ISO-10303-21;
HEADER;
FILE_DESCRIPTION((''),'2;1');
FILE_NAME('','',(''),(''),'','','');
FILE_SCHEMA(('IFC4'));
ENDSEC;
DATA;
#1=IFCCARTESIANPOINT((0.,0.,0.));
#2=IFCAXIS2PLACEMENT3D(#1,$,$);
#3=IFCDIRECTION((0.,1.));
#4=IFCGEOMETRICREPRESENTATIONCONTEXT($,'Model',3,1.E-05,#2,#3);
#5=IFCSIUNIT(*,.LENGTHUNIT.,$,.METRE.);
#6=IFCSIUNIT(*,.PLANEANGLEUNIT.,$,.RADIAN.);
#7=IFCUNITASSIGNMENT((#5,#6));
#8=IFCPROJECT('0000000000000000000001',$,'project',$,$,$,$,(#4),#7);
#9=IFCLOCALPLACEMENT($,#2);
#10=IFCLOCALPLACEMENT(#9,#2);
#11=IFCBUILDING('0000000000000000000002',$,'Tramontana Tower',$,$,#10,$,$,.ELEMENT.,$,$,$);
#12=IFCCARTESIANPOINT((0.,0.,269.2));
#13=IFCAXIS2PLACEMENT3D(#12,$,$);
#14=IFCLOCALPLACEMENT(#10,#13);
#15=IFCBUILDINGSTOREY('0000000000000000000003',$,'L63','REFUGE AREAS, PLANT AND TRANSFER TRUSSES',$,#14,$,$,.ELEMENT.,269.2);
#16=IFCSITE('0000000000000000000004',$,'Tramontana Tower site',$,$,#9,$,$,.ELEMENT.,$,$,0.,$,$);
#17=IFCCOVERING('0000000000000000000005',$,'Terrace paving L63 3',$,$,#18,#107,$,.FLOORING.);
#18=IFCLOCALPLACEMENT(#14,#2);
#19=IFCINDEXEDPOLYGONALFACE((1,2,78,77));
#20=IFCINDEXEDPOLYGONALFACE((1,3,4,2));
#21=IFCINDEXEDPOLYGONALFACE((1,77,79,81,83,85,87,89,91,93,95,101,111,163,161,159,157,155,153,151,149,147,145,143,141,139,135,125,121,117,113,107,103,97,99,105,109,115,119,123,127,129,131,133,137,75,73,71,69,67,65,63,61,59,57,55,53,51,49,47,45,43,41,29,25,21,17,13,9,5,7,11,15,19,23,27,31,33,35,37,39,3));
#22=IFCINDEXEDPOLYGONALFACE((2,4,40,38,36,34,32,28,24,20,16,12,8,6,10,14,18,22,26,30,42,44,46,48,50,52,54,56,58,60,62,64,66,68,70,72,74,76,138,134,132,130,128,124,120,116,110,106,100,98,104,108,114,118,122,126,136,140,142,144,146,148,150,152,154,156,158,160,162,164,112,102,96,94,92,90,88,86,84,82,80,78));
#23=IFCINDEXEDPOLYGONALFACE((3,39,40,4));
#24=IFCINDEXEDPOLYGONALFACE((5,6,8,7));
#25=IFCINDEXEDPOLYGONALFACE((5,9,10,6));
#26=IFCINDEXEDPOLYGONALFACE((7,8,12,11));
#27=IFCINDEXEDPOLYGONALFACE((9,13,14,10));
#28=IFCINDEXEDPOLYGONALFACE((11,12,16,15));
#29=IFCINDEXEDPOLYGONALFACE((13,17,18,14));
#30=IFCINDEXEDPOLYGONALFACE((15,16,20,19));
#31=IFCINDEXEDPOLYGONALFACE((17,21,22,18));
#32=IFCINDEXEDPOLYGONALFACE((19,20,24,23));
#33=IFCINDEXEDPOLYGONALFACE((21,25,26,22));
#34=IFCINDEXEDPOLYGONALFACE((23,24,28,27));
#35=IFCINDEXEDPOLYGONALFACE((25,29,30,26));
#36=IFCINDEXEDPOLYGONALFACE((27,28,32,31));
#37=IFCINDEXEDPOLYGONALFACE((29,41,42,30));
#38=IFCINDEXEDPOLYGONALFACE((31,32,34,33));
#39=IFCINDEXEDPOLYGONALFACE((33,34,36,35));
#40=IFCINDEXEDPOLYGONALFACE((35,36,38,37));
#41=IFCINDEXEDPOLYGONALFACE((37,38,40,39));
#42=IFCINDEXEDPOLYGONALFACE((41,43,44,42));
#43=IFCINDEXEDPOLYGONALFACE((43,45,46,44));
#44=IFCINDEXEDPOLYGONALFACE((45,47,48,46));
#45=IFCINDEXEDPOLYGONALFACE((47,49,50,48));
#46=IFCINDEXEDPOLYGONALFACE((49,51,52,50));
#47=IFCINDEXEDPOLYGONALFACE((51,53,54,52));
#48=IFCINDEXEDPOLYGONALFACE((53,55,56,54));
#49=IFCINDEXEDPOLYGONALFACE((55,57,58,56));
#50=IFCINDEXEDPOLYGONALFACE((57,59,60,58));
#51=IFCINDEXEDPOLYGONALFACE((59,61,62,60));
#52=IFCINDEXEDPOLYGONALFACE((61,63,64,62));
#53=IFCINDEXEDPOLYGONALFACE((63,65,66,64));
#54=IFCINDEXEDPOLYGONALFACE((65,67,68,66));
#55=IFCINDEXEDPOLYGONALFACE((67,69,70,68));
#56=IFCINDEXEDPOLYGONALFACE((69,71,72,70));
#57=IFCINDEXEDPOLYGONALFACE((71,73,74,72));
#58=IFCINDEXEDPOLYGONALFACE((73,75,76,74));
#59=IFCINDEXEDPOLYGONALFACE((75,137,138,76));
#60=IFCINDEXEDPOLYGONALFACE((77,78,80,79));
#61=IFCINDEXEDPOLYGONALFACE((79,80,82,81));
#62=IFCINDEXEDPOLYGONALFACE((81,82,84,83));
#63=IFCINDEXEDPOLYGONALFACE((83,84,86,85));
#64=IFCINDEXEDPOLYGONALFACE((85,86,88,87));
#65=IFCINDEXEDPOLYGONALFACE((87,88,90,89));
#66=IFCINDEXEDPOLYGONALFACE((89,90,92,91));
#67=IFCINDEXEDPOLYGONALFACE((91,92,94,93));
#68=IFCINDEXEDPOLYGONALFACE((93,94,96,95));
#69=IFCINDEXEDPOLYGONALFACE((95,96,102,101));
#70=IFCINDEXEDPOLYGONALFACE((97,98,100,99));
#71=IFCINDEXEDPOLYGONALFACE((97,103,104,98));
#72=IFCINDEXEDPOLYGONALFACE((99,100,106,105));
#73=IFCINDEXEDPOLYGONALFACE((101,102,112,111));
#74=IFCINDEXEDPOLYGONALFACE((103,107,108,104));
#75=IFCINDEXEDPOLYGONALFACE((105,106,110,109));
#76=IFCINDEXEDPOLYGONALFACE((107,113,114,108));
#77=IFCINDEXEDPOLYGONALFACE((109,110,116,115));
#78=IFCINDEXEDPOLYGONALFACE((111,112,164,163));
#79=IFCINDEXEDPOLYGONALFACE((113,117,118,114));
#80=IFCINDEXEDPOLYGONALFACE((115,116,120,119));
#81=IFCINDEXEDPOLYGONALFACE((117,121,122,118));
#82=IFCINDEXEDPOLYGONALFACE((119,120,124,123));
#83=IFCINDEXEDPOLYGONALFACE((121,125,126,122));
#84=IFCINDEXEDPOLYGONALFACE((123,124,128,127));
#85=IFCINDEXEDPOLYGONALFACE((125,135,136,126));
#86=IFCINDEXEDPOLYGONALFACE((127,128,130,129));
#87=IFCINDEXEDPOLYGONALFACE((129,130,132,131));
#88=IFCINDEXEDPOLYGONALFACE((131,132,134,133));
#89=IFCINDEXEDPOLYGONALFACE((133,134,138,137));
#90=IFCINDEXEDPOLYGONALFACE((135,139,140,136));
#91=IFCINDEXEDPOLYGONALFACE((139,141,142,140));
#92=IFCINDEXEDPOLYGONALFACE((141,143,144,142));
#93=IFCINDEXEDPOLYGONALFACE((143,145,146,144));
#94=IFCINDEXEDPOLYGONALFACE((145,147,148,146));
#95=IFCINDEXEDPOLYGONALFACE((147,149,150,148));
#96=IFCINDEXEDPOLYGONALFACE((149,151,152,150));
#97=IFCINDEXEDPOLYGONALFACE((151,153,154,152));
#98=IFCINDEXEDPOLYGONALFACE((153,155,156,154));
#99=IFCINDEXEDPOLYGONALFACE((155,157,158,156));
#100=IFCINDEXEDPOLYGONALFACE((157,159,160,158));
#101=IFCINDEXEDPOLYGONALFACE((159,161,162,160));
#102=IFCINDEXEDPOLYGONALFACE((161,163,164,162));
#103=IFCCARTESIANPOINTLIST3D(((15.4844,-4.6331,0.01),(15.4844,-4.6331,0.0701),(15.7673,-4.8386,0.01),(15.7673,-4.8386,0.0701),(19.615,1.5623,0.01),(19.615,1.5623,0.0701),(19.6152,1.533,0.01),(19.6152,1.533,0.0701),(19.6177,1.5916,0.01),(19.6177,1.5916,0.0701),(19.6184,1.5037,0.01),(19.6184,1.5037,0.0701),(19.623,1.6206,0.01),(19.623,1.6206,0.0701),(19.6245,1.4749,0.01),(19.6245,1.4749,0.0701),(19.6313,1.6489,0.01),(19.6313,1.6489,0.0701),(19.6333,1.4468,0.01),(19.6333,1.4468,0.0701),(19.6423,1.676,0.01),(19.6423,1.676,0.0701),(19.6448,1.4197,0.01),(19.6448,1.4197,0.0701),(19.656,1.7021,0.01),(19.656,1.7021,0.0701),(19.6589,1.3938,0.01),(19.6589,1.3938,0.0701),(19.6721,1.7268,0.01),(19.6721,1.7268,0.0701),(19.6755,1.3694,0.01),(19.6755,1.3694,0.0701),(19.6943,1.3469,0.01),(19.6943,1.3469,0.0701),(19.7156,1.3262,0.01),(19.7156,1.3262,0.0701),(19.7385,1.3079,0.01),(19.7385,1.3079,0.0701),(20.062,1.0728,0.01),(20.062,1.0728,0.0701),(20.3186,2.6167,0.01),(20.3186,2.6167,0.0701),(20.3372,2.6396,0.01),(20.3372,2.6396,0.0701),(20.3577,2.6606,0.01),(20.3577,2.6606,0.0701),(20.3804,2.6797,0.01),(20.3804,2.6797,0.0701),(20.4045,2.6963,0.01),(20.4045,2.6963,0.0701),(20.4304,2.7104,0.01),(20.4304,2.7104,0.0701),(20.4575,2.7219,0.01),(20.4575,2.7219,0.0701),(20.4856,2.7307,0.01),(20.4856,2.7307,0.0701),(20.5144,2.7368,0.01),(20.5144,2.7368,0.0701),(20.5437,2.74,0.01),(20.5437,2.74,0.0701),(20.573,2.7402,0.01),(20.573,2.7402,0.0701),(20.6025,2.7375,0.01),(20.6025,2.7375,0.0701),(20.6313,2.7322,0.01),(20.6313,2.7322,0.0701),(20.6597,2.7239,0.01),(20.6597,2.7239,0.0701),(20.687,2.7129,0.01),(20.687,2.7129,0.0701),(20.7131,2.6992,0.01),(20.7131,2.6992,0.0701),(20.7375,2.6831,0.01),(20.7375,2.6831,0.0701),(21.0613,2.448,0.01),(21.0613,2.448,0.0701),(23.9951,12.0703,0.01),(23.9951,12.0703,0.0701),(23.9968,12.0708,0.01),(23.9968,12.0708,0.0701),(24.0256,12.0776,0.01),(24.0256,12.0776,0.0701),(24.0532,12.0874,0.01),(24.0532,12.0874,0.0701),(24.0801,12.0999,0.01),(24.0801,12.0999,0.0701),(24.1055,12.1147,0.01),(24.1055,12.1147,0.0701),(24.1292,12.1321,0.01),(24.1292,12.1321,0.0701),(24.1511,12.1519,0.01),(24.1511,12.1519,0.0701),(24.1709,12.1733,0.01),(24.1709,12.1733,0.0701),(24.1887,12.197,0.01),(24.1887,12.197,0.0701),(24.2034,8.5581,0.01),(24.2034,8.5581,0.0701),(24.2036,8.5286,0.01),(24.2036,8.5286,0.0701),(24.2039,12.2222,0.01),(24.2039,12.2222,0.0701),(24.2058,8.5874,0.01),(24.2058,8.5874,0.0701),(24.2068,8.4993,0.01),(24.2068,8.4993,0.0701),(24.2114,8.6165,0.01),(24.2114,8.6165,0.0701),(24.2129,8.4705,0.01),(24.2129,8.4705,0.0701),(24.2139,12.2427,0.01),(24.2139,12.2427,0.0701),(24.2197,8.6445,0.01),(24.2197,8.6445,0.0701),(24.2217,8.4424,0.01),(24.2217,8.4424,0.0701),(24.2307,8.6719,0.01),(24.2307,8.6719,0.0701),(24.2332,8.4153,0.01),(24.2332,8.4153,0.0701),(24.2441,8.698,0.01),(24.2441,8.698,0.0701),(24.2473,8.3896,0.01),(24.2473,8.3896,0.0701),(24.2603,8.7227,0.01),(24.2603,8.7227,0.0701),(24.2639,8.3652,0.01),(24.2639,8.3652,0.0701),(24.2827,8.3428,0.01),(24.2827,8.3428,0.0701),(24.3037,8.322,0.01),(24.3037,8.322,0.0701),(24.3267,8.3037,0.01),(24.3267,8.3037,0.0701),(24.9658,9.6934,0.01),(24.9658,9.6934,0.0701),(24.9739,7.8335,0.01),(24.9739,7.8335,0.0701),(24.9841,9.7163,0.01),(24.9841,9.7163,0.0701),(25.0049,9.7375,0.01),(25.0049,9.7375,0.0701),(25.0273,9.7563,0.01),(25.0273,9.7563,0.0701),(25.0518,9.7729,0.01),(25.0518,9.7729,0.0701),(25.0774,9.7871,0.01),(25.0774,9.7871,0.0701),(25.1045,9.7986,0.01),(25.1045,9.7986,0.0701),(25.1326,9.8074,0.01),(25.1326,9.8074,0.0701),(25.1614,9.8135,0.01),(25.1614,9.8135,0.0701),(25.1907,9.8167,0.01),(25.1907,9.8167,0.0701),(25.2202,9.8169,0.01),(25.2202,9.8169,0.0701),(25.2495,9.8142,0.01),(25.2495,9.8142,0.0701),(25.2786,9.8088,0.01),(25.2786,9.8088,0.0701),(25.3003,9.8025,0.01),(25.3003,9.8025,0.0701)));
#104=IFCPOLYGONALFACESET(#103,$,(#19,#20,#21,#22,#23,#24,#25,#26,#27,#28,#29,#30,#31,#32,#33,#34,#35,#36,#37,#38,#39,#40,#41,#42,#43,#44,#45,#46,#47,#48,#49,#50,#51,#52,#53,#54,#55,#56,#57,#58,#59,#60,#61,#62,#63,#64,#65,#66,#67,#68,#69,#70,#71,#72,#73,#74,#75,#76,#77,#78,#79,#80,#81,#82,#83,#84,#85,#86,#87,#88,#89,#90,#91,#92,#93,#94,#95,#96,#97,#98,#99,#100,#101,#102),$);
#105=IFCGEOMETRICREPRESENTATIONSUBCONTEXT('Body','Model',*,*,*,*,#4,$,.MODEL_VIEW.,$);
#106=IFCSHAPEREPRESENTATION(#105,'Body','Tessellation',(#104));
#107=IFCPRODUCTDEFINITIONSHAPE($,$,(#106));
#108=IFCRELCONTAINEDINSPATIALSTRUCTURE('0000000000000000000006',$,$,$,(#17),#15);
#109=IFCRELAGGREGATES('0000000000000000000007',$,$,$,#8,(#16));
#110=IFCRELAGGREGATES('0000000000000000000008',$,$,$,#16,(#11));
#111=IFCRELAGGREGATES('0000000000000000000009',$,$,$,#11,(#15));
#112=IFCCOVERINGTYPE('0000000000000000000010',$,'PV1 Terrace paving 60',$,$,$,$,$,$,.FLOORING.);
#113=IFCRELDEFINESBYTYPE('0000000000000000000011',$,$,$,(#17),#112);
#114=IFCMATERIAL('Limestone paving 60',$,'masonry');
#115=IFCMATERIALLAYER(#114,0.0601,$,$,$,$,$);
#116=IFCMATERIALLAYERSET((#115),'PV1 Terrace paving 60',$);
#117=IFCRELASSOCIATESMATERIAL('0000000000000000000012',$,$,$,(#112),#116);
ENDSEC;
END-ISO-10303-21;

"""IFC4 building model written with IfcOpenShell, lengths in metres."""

from ifc_helpers import new_model, si_unit, direction, frame, origin, place, context, subcontext, project, spatial, polyline, outline, extrude, material, layer, layer_set, type_object, element, save


model = new_model("IFC4")

# Units and contexts
model_context = context("Model", 3, precision=1e-05, world=origin(), true_north=direction((0.0, 1.0)))
body_context = subcontext(model_context, "Body", "Model", "MODEL_VIEW")
ifc_project = project(units=[si_unit("LENGTHUNIT", "METRE"), si_unit("PLANEANGLEUNIT", "RADIAN")], contexts=[model_context])

# Site, building, storey
site_placement = place(None, origin())
site = spatial("IfcSite", under=ifc_project, at=site_placement, Name="Tramontana Tower site", CompositionType="ELEMENT", RefElevation=0.0)
building_placement = place(site_placement, origin())
building = spatial("IfcBuilding", under=site, at=building_placement, Name="Tramontana Tower", CompositionType="ELEMENT")
storey_placement = place(building_placement, frame((0.0, 0.0, 269.2)))
storey = spatial("IfcBuildingStorey", under=building, at=storey_placement, Name="L63", Description="REFUGE AREAS, PLANT AND TRANSFER TRUSSES", CompositionType="ELEMENT", Elevation=269.2)

# Covering
ifc_material_1 = material(Name="Limestone paving 60", Category="masonry")
ifc_layer_1 = layer(ifc_material_1, 0.0601)
ifc_layer_set_1 = layer_set([ifc_layer_1], Name="PV1 Terrace paving 60")
covering_type_1 = type_object("IfcCoveringType", Name="PV1 Terrace paving 60", PredefinedType="FLOORING", material=ifc_layer_set_1)
covering_1_placement = place(storey_placement, frame((0.0, 0.0, 0.01)))
element("IfcCovering", 1, at=covering_1_placement, inside=storey, type_object=covering_type_1, Name="Terrace paving L63 3", PredefinedType="FLOORING", context=body_context, shape_type="SweptSolid", body=[
    extrude(outline(polyline([(25.3003, 9.8025), (25.2786, 9.8088), (25.2495, 9.8142), (25.2202, 9.8169), (25.1907, 9.8167), (25.1614, 9.8135), (25.1326, 9.8074), (25.1045, 9.7986), (25.0774, 9.7871), (25.0518, 9.7729), (25.0273, 9.7563), (25.0049, 9.7375), (24.9841, 9.7163), (24.9658, 9.6934), (24.2603, 8.7227), (24.2441, 8.698), (24.2307, 8.6719), (24.2197, 8.6445), (24.2114, 8.6165), (24.2058, 8.5874), (24.2034, 8.5581), (24.2036, 8.5286), (24.2068, 8.4993), (24.2129, 8.4705), (24.2217, 8.4424), (24.2332, 8.4153), (24.2473, 8.3896), (24.2639, 8.3652), (24.2827, 8.3428), (24.3037, 8.322), (24.3267, 8.3037), (24.9739, 7.8335), (21.0613, 2.448), (20.7375, 2.6831), (20.7131, 2.6992), (20.687, 2.7129), (20.6597, 2.7239), (20.6313, 2.7322), (20.6025, 2.7375), (20.573, 2.7402), (20.5437, 2.74), (20.5144, 2.7368), (20.4856, 2.7307), (20.4575, 2.7219), (20.4304, 2.7104), (20.4045, 2.6963), (20.3804, 2.6797), (20.3577, 2.6606), (20.3372, 2.6396), (20.3186, 2.6167), (19.6721, 1.7268), (19.656, 1.7021), (19.6423, 1.676), (19.6313, 1.6489), (19.623, 1.6206), (19.6177, 1.5916), (19.615, 1.5623), (19.6152, 1.533), (19.6184, 1.5037), (19.6245, 1.4749), (19.6333, 1.4468), (19.6448, 1.4197), (19.6589, 1.3938), (19.6755, 1.3694), (19.6943, 1.3469), (19.7156, 1.3262), (19.7385, 1.3079), (20.062, 1.0728), (15.7673, -4.8386), (15.4844, -4.6331), (23.9951, 12.0703), (23.9968, 12.0708), (24.0256, 12.0776), (24.0532, 12.0874), (24.0801, 12.0999), (24.1055, 12.1147), (24.1292, 12.1321), (24.1511, 12.1519), (24.1709, 12.1733), (24.1887, 12.197), (24.2039, 12.2222), (24.2139, 12.2427), (25.3003, 9.8025)])), origin(), (0.0, 0.0, 1.0), 0.0601),
])

save(model, "model.ifc")
